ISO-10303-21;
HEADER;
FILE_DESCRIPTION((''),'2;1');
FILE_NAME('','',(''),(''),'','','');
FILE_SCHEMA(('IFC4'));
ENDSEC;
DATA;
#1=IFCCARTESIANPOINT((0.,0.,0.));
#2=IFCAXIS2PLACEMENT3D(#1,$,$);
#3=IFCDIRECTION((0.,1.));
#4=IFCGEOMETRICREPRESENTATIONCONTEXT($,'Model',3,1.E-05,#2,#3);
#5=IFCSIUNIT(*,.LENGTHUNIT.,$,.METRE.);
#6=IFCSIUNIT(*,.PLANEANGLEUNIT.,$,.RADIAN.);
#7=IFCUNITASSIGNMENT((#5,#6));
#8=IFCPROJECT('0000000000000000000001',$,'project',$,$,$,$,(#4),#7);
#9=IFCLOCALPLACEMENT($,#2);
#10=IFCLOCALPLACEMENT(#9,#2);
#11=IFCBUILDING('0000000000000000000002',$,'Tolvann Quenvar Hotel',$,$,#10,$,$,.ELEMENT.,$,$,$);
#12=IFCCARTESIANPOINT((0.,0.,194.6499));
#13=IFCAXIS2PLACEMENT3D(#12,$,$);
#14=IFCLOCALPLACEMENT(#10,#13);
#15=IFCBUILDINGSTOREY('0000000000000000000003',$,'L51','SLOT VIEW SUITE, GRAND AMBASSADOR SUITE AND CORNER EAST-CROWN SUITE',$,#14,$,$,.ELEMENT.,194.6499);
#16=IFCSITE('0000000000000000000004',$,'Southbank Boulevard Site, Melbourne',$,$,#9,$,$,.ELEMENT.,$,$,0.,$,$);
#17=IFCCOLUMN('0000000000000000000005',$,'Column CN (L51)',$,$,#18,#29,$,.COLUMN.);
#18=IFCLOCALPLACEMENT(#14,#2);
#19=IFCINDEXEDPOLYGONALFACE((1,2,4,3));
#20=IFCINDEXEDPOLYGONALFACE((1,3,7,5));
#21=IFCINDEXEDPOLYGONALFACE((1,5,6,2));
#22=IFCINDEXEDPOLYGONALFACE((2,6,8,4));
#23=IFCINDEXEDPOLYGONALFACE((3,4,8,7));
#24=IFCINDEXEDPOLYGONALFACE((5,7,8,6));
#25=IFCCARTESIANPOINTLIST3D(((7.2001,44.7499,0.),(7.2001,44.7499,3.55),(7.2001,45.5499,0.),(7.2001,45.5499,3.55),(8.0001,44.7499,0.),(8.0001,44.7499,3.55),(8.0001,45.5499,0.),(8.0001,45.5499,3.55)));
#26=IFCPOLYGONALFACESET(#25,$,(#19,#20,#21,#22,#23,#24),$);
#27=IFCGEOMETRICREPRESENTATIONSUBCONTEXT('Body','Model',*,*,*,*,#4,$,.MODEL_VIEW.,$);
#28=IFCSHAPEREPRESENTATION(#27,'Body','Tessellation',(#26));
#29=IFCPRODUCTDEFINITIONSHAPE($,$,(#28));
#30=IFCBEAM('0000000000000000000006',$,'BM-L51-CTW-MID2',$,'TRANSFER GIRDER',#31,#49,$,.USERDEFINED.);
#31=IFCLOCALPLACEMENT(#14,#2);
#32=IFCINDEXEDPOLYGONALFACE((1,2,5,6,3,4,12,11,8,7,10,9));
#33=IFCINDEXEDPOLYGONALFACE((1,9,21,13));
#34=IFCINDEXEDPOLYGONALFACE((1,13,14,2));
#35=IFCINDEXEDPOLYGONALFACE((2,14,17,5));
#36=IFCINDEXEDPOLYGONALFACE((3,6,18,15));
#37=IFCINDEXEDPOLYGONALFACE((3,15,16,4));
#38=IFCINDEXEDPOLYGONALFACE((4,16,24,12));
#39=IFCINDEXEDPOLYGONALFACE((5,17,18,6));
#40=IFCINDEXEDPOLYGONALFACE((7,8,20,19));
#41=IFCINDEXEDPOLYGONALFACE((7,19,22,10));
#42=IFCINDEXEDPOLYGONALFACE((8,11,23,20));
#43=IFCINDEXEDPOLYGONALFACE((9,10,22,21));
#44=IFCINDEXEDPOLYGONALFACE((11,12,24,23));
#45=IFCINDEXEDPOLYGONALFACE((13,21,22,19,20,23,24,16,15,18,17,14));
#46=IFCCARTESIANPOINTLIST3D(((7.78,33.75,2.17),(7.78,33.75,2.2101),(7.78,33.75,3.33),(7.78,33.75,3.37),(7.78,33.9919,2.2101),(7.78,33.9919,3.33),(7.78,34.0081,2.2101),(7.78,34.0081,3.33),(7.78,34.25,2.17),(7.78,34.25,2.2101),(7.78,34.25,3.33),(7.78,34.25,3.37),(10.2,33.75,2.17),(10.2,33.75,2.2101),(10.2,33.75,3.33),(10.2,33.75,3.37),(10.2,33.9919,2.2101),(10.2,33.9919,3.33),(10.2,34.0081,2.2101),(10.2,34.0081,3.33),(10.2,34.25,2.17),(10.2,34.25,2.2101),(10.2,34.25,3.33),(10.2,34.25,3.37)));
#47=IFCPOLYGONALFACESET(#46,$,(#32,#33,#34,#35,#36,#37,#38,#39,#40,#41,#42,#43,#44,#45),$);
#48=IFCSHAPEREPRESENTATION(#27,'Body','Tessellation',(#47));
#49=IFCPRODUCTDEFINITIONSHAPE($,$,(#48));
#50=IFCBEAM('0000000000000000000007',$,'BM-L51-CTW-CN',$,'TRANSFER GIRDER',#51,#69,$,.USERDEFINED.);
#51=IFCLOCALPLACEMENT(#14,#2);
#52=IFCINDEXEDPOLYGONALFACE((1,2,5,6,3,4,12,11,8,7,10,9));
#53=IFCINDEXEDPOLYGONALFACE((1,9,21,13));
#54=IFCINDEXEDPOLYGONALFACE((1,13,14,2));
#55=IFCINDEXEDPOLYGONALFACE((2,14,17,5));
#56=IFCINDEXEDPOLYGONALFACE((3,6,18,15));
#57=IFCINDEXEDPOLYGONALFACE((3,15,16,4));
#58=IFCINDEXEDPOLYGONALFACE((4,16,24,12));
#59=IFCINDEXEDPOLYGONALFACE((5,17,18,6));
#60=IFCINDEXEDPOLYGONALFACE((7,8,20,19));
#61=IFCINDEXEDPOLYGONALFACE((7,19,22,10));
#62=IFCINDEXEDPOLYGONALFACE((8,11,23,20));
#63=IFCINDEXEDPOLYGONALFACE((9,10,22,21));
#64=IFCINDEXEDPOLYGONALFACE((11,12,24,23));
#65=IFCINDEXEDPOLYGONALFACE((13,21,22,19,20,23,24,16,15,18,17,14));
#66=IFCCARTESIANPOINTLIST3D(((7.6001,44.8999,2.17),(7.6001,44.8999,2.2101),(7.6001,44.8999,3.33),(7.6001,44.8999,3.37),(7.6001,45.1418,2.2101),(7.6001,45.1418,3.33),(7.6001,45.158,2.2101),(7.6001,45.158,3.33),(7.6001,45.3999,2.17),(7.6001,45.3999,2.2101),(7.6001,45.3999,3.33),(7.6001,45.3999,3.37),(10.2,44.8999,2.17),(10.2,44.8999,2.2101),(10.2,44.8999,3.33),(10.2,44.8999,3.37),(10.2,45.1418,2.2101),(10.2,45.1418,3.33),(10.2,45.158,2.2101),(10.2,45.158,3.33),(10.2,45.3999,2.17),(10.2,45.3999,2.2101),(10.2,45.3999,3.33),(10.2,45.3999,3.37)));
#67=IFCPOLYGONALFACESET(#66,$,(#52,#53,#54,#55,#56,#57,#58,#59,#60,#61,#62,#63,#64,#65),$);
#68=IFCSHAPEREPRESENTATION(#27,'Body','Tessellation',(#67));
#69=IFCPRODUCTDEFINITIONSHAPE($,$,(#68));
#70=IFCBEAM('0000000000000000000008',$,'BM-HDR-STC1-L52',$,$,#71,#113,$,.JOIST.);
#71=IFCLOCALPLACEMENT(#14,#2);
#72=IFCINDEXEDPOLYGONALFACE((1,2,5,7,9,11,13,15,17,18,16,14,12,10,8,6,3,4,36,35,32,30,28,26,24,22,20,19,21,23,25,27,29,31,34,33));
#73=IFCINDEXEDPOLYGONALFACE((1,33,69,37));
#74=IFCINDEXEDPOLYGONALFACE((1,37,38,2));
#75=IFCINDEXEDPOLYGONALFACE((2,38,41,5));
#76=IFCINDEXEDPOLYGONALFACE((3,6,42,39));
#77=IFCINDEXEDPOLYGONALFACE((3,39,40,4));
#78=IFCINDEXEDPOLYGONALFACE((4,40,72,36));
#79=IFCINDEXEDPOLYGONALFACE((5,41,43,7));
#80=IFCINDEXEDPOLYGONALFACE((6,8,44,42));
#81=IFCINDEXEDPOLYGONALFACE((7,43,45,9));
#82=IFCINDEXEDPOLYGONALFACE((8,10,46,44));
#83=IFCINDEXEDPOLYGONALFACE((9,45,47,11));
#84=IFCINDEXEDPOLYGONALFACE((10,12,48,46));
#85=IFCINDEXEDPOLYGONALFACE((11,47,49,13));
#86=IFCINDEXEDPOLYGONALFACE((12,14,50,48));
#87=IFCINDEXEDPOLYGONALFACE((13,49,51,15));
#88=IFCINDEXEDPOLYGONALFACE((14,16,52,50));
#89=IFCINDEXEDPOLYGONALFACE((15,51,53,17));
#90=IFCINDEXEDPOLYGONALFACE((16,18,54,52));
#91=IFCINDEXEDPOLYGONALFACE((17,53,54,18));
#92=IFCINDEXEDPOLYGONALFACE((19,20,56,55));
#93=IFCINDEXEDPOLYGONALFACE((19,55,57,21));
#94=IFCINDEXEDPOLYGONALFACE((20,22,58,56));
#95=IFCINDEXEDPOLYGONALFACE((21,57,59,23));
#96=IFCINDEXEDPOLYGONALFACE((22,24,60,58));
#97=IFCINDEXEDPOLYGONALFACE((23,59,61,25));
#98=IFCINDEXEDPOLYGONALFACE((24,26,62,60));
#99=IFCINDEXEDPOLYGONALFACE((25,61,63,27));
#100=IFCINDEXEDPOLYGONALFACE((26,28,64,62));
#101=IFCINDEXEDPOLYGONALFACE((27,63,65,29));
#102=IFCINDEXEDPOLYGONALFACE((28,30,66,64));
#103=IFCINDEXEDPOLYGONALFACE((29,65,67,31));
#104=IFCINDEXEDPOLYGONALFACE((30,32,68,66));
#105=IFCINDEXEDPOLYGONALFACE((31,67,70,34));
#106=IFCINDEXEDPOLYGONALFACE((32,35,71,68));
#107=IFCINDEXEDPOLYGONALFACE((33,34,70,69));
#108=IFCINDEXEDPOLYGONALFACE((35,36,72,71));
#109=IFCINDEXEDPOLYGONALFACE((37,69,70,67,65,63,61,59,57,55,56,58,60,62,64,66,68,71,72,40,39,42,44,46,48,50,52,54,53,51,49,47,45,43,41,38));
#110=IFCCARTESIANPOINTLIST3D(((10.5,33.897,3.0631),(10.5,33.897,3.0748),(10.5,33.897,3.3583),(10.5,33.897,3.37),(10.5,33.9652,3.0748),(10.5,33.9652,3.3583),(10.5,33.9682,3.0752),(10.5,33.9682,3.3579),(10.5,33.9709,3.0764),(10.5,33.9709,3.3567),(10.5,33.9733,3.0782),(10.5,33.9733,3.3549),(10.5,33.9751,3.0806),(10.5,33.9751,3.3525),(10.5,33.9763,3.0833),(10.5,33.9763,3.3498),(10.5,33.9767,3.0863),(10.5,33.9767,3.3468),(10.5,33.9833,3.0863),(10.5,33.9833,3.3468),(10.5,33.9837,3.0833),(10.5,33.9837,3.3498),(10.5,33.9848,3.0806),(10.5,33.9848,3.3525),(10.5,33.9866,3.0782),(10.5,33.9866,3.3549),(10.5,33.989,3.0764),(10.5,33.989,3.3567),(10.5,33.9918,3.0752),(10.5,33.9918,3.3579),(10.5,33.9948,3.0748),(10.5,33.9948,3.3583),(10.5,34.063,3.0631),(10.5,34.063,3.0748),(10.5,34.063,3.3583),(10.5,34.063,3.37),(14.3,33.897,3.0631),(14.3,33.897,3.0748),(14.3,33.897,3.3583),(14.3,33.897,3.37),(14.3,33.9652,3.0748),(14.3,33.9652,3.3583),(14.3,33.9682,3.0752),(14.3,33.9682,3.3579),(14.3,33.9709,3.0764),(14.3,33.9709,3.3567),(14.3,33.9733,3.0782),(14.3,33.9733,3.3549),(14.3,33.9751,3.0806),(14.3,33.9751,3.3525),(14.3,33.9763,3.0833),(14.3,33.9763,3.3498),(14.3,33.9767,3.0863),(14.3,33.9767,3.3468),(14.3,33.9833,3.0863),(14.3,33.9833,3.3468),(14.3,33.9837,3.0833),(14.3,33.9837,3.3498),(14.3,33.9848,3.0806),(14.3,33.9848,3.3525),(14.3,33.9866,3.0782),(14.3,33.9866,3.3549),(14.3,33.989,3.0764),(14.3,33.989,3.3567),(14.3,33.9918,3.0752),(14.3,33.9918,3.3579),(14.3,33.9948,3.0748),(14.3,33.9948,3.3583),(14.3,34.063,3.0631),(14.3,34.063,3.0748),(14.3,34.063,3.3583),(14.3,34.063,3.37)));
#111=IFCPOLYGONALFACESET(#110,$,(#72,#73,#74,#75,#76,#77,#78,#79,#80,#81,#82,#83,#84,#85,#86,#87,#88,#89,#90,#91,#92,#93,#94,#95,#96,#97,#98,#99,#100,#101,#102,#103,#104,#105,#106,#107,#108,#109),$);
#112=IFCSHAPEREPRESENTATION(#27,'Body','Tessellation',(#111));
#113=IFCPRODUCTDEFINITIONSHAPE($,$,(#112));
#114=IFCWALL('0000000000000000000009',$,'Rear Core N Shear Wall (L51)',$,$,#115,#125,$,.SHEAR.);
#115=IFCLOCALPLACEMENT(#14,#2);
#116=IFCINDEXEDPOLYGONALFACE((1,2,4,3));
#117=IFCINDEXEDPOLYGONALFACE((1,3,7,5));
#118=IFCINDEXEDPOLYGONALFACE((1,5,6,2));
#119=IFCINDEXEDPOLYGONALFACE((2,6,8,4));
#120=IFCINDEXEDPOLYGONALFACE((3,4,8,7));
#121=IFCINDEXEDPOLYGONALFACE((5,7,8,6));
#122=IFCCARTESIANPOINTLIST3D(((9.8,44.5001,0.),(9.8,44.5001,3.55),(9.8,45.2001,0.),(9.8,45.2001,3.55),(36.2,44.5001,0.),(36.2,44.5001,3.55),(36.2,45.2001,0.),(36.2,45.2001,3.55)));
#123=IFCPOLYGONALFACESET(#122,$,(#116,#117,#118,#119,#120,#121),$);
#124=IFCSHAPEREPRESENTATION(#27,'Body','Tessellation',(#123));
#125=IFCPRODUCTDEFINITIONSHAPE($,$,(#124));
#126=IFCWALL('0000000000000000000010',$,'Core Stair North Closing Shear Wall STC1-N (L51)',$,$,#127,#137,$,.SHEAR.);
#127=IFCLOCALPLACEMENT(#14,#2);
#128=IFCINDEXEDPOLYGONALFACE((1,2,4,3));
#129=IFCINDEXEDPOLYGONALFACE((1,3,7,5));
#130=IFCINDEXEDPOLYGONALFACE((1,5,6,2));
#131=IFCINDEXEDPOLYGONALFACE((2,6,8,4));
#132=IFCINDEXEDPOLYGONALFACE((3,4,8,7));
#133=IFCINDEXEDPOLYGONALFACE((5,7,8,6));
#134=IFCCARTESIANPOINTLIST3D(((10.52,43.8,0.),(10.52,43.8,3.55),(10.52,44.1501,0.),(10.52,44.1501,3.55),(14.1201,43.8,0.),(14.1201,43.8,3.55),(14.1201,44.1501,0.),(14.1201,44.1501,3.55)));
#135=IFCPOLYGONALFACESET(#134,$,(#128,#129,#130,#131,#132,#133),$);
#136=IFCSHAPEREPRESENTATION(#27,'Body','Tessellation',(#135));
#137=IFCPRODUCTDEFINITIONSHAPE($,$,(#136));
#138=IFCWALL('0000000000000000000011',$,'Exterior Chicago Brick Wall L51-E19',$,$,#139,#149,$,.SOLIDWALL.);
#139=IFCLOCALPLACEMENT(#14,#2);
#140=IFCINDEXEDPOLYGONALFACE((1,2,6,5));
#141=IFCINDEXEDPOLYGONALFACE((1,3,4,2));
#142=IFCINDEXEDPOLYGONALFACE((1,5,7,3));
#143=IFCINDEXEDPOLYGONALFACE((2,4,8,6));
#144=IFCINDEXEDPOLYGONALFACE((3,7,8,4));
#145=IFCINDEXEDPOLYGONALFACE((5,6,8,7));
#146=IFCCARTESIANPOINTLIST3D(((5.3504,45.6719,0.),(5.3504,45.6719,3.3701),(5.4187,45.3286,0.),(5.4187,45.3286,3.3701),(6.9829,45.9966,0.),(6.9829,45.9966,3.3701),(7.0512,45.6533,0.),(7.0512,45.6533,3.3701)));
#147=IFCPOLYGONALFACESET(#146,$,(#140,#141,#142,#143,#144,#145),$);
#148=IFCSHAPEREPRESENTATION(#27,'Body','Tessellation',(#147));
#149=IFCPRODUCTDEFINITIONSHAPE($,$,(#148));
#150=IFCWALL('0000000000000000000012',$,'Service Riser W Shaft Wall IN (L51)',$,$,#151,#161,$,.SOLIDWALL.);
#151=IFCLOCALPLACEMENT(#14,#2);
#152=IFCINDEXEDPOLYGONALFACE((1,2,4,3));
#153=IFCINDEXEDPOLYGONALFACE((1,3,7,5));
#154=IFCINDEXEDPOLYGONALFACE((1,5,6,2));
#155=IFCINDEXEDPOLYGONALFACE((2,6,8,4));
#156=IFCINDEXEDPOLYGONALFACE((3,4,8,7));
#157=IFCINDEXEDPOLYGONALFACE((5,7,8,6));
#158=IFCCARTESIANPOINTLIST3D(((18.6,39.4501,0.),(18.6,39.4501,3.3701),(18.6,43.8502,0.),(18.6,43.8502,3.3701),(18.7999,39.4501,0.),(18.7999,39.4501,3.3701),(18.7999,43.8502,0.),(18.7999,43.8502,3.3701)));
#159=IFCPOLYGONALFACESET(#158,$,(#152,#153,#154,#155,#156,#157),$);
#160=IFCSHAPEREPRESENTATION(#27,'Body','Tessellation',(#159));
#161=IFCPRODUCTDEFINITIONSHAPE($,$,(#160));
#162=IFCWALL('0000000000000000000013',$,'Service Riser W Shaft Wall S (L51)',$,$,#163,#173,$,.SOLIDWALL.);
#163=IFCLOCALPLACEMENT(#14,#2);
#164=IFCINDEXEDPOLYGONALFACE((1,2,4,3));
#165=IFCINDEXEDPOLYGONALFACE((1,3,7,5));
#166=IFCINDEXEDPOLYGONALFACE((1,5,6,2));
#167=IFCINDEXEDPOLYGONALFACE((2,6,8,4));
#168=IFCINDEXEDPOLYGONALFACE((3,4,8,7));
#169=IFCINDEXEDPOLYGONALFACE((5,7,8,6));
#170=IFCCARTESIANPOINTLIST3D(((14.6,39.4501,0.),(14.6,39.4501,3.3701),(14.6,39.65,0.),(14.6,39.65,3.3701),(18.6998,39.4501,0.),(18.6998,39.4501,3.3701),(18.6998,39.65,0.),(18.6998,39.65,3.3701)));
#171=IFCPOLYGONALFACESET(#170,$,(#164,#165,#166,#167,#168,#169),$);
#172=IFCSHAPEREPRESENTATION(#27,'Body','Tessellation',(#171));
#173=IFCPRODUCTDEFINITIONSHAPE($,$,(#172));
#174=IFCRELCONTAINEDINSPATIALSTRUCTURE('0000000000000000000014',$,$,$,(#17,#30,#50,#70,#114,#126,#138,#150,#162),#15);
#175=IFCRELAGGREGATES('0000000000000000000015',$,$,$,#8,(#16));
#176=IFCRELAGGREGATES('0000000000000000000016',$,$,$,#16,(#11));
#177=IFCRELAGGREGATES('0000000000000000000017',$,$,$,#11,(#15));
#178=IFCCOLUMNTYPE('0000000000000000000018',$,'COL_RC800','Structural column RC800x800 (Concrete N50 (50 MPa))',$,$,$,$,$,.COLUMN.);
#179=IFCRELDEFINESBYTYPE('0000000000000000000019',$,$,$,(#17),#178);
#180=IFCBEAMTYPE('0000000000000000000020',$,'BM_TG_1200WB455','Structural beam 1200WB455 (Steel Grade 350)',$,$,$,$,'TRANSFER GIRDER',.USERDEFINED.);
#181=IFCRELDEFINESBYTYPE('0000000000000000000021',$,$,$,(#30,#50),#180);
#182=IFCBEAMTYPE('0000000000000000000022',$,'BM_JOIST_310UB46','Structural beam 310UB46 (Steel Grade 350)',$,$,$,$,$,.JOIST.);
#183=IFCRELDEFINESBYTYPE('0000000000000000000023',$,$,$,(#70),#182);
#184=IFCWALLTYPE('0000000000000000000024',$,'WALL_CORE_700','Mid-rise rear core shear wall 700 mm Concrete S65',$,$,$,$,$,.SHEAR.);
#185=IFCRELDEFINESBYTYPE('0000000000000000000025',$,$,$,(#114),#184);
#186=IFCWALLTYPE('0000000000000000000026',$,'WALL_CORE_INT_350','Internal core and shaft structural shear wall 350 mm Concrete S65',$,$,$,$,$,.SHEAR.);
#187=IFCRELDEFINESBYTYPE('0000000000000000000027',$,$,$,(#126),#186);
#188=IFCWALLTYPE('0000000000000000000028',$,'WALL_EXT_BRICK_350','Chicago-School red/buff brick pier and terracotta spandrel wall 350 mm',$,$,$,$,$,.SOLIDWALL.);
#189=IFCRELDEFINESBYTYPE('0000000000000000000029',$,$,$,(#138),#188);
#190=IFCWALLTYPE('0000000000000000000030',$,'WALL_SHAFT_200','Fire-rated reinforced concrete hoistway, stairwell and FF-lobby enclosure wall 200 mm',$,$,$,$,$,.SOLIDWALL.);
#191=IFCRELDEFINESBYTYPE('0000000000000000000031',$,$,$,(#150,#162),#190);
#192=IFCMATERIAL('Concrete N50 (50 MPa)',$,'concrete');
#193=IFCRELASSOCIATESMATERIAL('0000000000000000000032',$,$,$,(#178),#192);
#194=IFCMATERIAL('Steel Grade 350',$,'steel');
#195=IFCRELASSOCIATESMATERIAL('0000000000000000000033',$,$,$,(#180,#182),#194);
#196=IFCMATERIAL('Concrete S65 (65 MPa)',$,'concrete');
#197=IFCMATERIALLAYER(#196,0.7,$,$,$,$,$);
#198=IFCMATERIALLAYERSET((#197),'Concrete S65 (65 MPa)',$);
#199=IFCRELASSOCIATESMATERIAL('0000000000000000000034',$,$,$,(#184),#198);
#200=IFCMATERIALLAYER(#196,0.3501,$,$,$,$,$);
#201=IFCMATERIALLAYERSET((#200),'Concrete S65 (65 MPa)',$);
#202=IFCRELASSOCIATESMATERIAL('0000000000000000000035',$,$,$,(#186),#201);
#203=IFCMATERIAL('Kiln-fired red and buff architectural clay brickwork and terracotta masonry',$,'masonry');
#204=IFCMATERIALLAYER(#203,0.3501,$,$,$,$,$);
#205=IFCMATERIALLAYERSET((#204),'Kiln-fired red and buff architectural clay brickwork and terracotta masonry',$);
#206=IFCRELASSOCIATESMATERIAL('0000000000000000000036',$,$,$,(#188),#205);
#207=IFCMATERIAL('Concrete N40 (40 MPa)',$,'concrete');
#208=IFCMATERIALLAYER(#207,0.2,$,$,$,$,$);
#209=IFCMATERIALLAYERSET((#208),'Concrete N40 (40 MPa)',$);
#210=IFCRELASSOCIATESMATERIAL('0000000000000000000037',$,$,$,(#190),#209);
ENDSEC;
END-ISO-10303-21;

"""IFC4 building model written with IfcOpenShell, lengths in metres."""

from ifc_helpers import new_model, si_unit, direction, frame, frame_2d, origin, origin_2d, place, context, subcontext, project, spatial, rectangle, i_section, extrude, source, transform, mapped, material, layer, layer_set, material_profile, profile_set, type_object, type_shapes, element, save


model = new_model("IFC4")

# Units and contexts
model_context = context("Model", 3, precision=1e-05, world=origin(), true_north=direction((0.0, 1.0)))
body_context = subcontext(model_context, "Body", "Model", "MODEL_VIEW")
ifc_project = project(units=[si_unit("LENGTHUNIT", "METRE"), si_unit("PLANEANGLEUNIT", "RADIAN")], contexts=[model_context])

# Site, building, storey
site_placement = place(None, origin())
site = spatial("IfcSite", under=ifc_project, at=site_placement, Name="Southbank Boulevard Site, Melbourne", CompositionType="ELEMENT", RefElevation=0.0)
building_placement = place(site_placement, origin())
building = spatial("IfcBuilding", under=site, at=building_placement, Name="Tolvann Quenvar Hotel", CompositionType="ELEMENT")
storey_placement = place(building_placement, frame((0.0, 0.0, 194.6499)))
storey = spatial("IfcBuildingStorey", under=building, at=storey_placement, Name="L51", Description="SLOT VIEW SUITE, GRAND AMBASSADOR SUITE AND CORNER EAST-CROWN SUITE", CompositionType="ELEMENT", Elevation=194.6499)

# Column
ifc_material_1 = material(Name="Concrete N50 (50 MPa)", Category="concrete")
ifc_material_profile_1 = material_profile(ifc_material_1, rectangle(XDim=0.8, YDim=0.8, at=origin_2d()), Name="RC800x800")
ifc_profile_set_1 = profile_set([ifc_material_profile_1], Name="Concrete N50 (50 MPa)")
column_type = type_object("IfcColumnType", Name="COL_RC800", Description="Structural column RC800x800 (Concrete N50 (50 MPa))", PredefinedType="COLUMN", material=ifc_profile_set_1)
shared_shape_1 = source(origin(), body_context, "Body", "SweptSolid", [
    extrude(rectangle(XDim=0.8, YDim=0.8, at=origin_2d()), origin(), (0.0, 0.0, 1.0), 3.55),
])
type_shapes(column_type, [shared_shape_1])
column_placement = place(storey_placement, frame((7.6001, 45.1499, 0.0), z_axis=(0.0, 0.0, 1.0), x_axis=(1.0, 0.0, 0.0)))
element("IfcColumn", 1, at=column_placement, inside=storey, type_object=column_type, Name="Column CN (L51)", PredefinedType="COLUMN", context=body_context, shape_type="MappedRepresentation", body=[
    mapped(shared_shape_1, transform((0.0, 0.0, 0.0), x_axis=(1.0, 0.0, 0.0), y_axis=(0.0, 1.0, 0.0), z_axis=(0.0, 0.0, 1.0), scale=1.0)),
])

# Beams
ifc_material_2 = material(Name="Steel Grade 350", Category="steel")
ifc_material_profile_2 = material_profile(ifc_material_2, i_section(OverallWidth=0.5, OverallDepth=1.2, WebThickness=0.0161, FlangeThickness=0.04, at=origin_2d()), Name="1200WB455")
ifc_profile_set_2 = profile_set([ifc_material_profile_2], Name="Steel Grade 350")
beam_type_1 = type_object("IfcBeamType", Name="BM_TG_1200WB455", Description="Structural beam 1200WB455 (Steel Grade 350)", ElementType="TRANSFER GIRDER", PredefinedType="USERDEFINED", material=ifc_profile_set_2)
shared_shape_2 = source(origin(), body_context, "Body", "SweptSolid", [
    extrude(i_section(OverallWidth=0.5, OverallDepth=1.2, WebThickness=0.0161, FlangeThickness=0.04, at=origin_2d()), origin(), (0.0, 0.0, 1.0), 2.4199),
])
beam_1_placement = place(storey_placement, frame((7.78, 34.0, 2.77), z_axis=(1.0, 0.0, 0.0), x_axis=(0.0, 1.0, 0.0)))
element("IfcBeam", 2, at=beam_1_placement, inside=storey, type_object=beam_type_1, Name="BM-L51-CTW-MID2", ObjectType="TRANSFER GIRDER", PredefinedType="USERDEFINED", context=body_context, shape_type="MappedRepresentation", body=[
    mapped(shared_shape_2, transform((0.0, 0.0, 0.0), x_axis=(1.0, 0.0, 0.0), y_axis=(0.0, 1.0, 0.0), z_axis=(0.0, 0.0, 1.0), scale=1.0)),
])
shared_shape_3 = source(origin(), body_context, "Body", "SweptSolid", [
    extrude(i_section(OverallWidth=0.5, OverallDepth=1.2, WebThickness=0.0161, FlangeThickness=0.04, at=origin_2d()), origin(), (0.0, 0.0, 1.0), 2.5999),
])
type_shapes(beam_type_1, [shared_shape_2, shared_shape_3])
beam_2_placement = place(storey_placement, frame((7.6001, 45.1499, 2.77), z_axis=(1.0, 0.0, 0.0), x_axis=(0.0, 1.0, 0.0)))
element("IfcBeam", 3, at=beam_2_placement, inside=storey, type_object=beam_type_1, Name="BM-L51-CTW-CN", ObjectType="TRANSFER GIRDER", PredefinedType="USERDEFINED", context=body_context, shape_type="MappedRepresentation", body=[
    mapped(shared_shape_3, transform((0.0, 0.0, 0.0), x_axis=(1.0, 0.0, 0.0), y_axis=(0.0, 1.0, 0.0), z_axis=(0.0, 0.0, 1.0), scale=1.0)),
])
ifc_material_profile_3 = material_profile(ifc_material_2, i_section(OverallWidth=0.166, OverallDepth=0.3069, WebThickness=0.0066, FlangeThickness=0.0117, FilletRadius=0.0115, at=origin_2d()), Name="310UB46")
ifc_profile_set_3 = profile_set([ifc_material_profile_3], Name="Steel Grade 350")
beam_type_2 = type_object("IfcBeamType", Name="BM_JOIST_310UB46", Description="Structural beam 310UB46 (Steel Grade 350)", PredefinedType="JOIST", material=ifc_profile_set_3)
shared_shape_4 = source(origin(), body_context, "Body", "SweptSolid", [
    extrude(i_section(OverallWidth=0.166, OverallDepth=0.3069, WebThickness=0.0066, FlangeThickness=0.0117, FilletRadius=0.0115, at=origin_2d()), origin(), (0.0, 0.0, 1.0), 3.8),
])
type_shapes(beam_type_2, [shared_shape_4])
beam_3_placement = place(storey_placement, frame((10.5, 33.98, 3.2166), z_axis=(1.0, 0.0, 0.0), x_axis=(0.0, 1.0, 0.0)))
element("IfcBeam", 4, at=beam_3_placement, inside=storey, type_object=beam_type_2, Name="BM-HDR-STC1-L52", PredefinedType="JOIST", context=body_context, shape_type="MappedRepresentation", body=[
    mapped(shared_shape_4, transform((0.0, 0.0, 0.0), x_axis=(1.0, 0.0, 0.0), y_axis=(0.0, 1.0, 0.0), z_axis=(0.0, 0.0, 1.0), scale=1.0)),
])

# Walls
ifc_material_3 = material(Name="Concrete S65 (65 MPa)", Category="concrete")
ifc_layer_1 = layer(ifc_material_3, 0.7)
ifc_layer_set_1 = layer_set([ifc_layer_1], Name="Concrete S65 (65 MPa)")
wall_type_1 = type_object("IfcWallType", Name="WALL_CORE_700", Description="Mid-rise rear core shear wall 700 mm Concrete S65", PredefinedType="SHEAR", material=ifc_layer_set_1)
wall_1_placement = place(storey_placement, frame((9.8, 44.8501, 0.0), z_axis=(0.0, 0.0, 1.0), x_axis=(1.0, 0.0, 0.0)))
element("IfcWall", 5, at=wall_1_placement, inside=storey, type_object=wall_type_1, Name="Rear Core N Shear Wall (L51)", PredefinedType="SHEAR", context=body_context, shape_type="SweptSolid", body=[
    extrude(rectangle(XDim=26.3999, YDim=0.7, at=frame_2d((13.2, 0.0))), origin(), (0.0, 0.0, 1.0), 3.55),
])
ifc_layer_2 = layer(ifc_material_3, 0.3501)
ifc_layer_set_2 = layer_set([ifc_layer_2], Name="Concrete S65 (65 MPa)")
wall_type_2 = type_object("IfcWallType", Name="WALL_CORE_INT_350", Description="Internal core and shaft structural shear wall 350 mm Concrete S65", PredefinedType="SHEAR", material=ifc_layer_set_2)
wall_2_placement = place(storey_placement, frame((10.52, 43.9751, 0.0), z_axis=(0.0, 0.0, 1.0), x_axis=(1.0, 0.0, 0.0)))
element("IfcWall", 6, at=wall_2_placement, inside=storey, type_object=wall_type_2, Name="Core Stair North Closing Shear Wall STC1-N (L51)", PredefinedType="SHEAR", context=body_context, shape_type="SweptSolid", body=[
    extrude(rectangle(XDim=3.6001, YDim=0.3501, at=frame_2d((1.8, 0.0))), origin(), (0.0, 0.0, 1.0), 3.55),
])
ifc_material_4 = material(Name="Kiln-fired red and buff architectural clay brickwork and terracotta masonry", Category="masonry")
ifc_layer_3 = layer(ifc_material_4, 0.3501)
ifc_layer_set_3 = layer_set([ifc_layer_3], Name="Kiln-fired red and buff architectural clay brickwork and terracotta masonry")
wall_type_3 = type_object("IfcWallType", Name="WALL_EXT_BRICK_350", Description="Chicago-School red/buff brick pier and terracotta spandrel wall 350 mm", PredefinedType="SOLIDWALL", material=ifc_layer_set_3)
wall_3_placement = place(storey_placement, frame((7.0171, 45.825, 0.0), z_axis=(0.0, 0.0, 1.0), x_axis=(-0.980789, -0.195072, 0.0)))
element("IfcWall", 7, at=wall_3_placement, inside=storey, type_object=wall_type_3, Name="Exterior Chicago Brick Wall L51-E19", PredefinedType="SOLIDWALL", context=body_context, shape_type="SweptSolid", body=[
    extrude(rectangle(XDim=1.6646, YDim=0.3501, at=frame_2d((0.8323, 0.0))), origin(), (0.0, 0.0, 1.0), 3.3701),
])

# Walls
ifc_material_5 = material(Name="Concrete N40 (40 MPa)", Category="concrete")
ifc_layer_4 = layer(ifc_material_5, 0.2)
ifc_layer_set_4 = layer_set([ifc_layer_4], Name="Concrete N40 (40 MPa)")
wall_type_4 = type_object("IfcWallType", Name="WALL_SHAFT_200", Description="Fire-rated reinforced concrete hoistway, stairwell and FF-lobby enclosure wall 200 mm", PredefinedType="SOLIDWALL", material=ifc_layer_set_4)
wall_4_placement = place(storey_placement, frame((18.7, 39.45, 0.0), z_axis=(0.0, 0.0, 1.0), x_axis=(0.0, 1.0, 0.0)))
element("IfcWall", 8, at=wall_4_placement, inside=storey, type_object=wall_type_4, Name="Service Riser W Shaft Wall IN (L51)", PredefinedType="SOLIDWALL", context=body_context, shape_type="SweptSolid", body=[
    extrude(rectangle(XDim=4.4001, YDim=0.2, at=frame_2d((2.2002, 0.0))), origin(), (0.0, 0.0, 1.0), 3.3701),
])
for number, where, z_axis, x_axis, name in (
    (9, (14.6001, 39.55, 0.0), (0.0, 0.0, 1.0), (1.0, 0.0, 0.0), "Service Riser W Shaft Wall S (L51)"),
):
    element("IfcWall", number, at=place(storey_placement, frame(where, z_axis=z_axis, x_axis=x_axis)), inside=storey, type_object=wall_type_4, Name=name, PredefinedType="SOLIDWALL", context=body_context, shape_type="SweptSolid", body=[
        extrude(rectangle(XDim=4.0999, YDim=0.2, at=frame_2d((2.0498, 0.0))), origin(), (0.0, 0.0, 1.0), 3.3701),
    ])

save(model, "model.ifc")
